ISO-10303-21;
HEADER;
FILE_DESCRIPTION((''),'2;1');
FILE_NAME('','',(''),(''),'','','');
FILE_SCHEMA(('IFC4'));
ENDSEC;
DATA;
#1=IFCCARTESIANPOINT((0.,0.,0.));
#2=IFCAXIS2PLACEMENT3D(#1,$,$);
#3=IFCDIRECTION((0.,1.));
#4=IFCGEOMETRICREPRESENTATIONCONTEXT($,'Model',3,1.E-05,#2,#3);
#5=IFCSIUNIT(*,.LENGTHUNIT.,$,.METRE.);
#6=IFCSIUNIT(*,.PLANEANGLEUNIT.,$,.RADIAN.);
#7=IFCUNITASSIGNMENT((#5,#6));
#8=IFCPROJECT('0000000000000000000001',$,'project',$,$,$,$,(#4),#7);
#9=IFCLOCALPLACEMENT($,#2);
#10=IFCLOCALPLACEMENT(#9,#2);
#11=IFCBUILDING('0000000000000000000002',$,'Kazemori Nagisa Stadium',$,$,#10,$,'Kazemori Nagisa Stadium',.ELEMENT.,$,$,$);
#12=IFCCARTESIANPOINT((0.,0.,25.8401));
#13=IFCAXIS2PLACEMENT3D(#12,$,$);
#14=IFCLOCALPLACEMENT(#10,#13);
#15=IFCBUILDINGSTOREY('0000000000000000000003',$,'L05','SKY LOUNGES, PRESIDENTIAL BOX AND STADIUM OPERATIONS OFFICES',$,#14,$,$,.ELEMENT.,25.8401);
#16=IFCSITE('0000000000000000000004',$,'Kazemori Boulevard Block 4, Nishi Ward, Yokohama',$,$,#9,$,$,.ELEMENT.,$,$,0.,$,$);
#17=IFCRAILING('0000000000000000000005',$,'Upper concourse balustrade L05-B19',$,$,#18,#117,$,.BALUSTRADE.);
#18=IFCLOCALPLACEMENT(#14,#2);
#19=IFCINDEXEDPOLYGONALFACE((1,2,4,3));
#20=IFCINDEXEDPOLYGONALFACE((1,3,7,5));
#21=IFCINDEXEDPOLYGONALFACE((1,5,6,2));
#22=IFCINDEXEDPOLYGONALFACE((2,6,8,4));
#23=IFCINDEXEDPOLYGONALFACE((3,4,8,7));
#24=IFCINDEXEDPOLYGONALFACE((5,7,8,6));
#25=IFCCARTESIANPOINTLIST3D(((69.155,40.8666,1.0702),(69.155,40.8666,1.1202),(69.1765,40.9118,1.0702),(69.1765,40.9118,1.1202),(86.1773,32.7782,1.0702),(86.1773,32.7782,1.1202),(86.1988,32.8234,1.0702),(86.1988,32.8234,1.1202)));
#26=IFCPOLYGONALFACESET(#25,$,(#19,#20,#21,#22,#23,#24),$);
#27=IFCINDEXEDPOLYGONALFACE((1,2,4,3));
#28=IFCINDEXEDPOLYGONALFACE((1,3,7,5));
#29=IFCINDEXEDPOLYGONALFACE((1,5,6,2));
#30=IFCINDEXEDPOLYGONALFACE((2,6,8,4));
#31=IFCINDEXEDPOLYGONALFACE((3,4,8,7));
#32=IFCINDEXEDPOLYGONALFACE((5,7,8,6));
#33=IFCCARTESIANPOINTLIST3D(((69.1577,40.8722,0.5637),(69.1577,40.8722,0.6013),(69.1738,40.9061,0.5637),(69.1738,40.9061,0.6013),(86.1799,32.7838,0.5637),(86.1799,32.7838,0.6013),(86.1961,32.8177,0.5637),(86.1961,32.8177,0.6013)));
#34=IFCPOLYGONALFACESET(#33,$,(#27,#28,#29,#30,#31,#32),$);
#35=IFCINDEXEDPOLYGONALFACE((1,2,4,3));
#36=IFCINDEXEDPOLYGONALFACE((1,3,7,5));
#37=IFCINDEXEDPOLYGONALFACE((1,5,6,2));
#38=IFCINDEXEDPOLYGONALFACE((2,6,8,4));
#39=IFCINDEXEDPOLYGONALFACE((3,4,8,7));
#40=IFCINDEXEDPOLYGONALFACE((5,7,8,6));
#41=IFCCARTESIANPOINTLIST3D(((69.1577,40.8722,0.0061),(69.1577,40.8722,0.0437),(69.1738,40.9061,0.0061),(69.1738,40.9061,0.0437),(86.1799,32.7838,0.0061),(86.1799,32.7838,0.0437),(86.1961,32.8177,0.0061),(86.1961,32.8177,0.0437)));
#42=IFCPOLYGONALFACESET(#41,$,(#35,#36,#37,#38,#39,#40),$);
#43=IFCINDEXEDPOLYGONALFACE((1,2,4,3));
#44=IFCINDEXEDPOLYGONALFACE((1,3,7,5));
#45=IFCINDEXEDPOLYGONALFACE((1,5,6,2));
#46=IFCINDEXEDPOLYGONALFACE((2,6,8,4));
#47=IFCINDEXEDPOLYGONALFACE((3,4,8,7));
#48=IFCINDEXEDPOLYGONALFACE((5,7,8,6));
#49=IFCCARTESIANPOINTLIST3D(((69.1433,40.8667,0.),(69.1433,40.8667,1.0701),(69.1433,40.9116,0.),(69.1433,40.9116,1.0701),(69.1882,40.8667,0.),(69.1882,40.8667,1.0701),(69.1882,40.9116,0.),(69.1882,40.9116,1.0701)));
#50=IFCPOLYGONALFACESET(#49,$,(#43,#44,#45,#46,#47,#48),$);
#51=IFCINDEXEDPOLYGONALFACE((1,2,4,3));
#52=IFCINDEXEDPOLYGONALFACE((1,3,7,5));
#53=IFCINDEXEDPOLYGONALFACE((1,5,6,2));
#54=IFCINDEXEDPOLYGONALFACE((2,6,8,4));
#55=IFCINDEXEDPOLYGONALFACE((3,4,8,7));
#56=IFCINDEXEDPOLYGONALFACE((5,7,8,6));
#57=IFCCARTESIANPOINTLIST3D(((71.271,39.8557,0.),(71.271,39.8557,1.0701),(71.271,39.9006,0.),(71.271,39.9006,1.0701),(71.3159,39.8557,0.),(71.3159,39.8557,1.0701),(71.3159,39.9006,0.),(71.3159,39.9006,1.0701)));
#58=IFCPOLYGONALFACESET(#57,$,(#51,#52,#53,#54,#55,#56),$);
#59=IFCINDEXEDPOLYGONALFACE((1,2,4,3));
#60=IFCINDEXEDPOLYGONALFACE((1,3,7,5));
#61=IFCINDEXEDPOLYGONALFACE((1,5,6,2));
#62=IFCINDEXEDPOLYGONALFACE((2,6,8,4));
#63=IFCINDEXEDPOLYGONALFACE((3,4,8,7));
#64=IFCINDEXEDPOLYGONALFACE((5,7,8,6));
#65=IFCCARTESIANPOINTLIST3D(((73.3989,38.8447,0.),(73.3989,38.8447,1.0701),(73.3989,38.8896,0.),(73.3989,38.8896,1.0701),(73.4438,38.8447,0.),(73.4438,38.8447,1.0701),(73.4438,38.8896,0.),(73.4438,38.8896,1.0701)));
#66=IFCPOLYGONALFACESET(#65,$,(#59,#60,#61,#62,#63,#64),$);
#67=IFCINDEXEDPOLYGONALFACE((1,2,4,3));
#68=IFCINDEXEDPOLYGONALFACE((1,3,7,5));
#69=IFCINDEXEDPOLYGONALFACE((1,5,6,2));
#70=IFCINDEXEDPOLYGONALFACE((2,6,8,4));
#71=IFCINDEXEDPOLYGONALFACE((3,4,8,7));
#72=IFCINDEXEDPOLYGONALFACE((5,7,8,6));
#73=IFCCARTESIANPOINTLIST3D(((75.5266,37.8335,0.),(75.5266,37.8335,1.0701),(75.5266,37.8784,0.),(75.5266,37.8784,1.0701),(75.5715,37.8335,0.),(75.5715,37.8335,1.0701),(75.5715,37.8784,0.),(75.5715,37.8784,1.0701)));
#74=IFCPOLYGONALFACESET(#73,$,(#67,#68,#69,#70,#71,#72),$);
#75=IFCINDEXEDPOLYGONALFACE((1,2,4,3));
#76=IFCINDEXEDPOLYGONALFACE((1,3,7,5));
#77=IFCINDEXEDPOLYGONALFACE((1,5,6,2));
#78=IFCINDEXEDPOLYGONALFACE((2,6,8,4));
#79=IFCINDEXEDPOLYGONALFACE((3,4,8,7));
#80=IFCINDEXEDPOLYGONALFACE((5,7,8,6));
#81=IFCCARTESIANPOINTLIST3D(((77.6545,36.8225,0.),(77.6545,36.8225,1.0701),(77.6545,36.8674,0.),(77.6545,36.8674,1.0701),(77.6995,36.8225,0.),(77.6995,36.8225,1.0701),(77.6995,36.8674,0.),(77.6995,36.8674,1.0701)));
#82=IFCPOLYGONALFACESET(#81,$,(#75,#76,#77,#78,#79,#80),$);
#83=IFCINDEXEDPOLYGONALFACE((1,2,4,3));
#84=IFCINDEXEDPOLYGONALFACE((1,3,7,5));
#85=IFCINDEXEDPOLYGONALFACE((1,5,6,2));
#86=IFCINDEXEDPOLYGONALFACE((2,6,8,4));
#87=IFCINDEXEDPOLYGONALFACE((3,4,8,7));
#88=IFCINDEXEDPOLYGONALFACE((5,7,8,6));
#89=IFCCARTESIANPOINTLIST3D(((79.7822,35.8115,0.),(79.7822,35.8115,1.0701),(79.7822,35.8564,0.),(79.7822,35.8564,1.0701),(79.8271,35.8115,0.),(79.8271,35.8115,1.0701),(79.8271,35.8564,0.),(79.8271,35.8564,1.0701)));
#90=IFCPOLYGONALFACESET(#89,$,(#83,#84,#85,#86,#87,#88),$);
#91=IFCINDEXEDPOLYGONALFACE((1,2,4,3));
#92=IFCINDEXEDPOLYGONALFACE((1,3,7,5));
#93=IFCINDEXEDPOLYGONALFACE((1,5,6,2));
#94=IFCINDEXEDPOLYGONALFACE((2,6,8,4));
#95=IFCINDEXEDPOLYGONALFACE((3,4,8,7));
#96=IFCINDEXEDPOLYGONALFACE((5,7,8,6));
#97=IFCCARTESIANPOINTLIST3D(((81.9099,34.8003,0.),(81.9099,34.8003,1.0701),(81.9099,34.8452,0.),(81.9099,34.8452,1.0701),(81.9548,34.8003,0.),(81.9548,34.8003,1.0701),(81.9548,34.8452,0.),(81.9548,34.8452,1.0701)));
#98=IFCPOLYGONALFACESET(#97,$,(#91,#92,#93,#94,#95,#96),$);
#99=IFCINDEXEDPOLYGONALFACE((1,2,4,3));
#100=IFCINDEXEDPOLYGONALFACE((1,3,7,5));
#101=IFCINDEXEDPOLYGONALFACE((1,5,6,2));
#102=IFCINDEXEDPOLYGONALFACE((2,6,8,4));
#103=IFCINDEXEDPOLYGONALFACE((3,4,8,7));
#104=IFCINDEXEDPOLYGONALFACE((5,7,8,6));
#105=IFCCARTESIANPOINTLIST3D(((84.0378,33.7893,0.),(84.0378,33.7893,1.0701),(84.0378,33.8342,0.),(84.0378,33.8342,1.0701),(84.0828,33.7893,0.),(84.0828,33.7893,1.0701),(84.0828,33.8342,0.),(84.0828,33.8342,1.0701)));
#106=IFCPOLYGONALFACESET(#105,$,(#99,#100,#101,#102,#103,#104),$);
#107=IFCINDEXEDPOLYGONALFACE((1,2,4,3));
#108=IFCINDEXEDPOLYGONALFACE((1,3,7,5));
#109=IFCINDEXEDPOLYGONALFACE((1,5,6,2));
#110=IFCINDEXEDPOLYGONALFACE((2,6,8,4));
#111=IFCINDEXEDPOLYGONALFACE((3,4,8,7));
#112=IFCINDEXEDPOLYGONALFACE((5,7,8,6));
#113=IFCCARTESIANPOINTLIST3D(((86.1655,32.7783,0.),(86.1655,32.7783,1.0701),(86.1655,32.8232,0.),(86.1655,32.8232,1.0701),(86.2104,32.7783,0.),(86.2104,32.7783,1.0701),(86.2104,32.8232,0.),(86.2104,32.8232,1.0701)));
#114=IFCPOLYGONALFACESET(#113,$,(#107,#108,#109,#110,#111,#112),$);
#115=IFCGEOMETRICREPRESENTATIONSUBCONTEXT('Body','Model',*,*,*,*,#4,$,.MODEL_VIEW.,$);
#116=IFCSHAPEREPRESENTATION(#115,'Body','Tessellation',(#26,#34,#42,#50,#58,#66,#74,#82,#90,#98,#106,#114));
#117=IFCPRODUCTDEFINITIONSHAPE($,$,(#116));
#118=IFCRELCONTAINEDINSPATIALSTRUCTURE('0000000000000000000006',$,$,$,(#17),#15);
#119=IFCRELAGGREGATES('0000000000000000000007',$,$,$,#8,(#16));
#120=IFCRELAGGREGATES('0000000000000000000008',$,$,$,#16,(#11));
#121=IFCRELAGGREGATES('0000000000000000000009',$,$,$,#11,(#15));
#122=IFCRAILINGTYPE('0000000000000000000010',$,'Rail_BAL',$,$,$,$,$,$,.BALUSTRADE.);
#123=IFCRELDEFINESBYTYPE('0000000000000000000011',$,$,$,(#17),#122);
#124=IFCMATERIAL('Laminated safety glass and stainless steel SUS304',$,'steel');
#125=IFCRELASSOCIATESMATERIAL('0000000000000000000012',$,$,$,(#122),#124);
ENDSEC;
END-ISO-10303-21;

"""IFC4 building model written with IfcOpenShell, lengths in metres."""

from ifc_helpers import new_model, si_unit, direction, frame, origin, origin_2d, place, context, subcontext, project, spatial, rectangle, extrude, material, type_object, element, save


model = new_model("IFC4")

# Units and contexts
model_context = context("Model", 3, precision=1e-05, world=origin(), true_north=direction((0.0, 1.0)))
body_context = subcontext(model_context, "Body", "Model", "MODEL_VIEW")
ifc_project = project(units=[si_unit("LENGTHUNIT", "METRE"), si_unit("PLANEANGLEUNIT", "RADIAN")], contexts=[model_context])

# Site, building, storey
site_placement = place(None, origin())
site = spatial("IfcSite", under=ifc_project, at=site_placement, Name="Kazemori Boulevard Block 4, Nishi Ward, Yokohama", CompositionType="ELEMENT", RefElevation=0.0)
building_placement = place(site_placement, origin())
building = spatial("IfcBuilding", under=site, at=building_placement, Name="Kazemori Nagisa Stadium", LongName="Kazemori Nagisa Stadium", CompositionType="ELEMENT")
storey_placement = place(building_placement, frame((0.0, 0.0, 25.8401)))
storey = spatial("IfcBuildingStorey", under=building, at=storey_placement, Name="L05", Description="SKY LOUNGES, PRESIDENTIAL BOX AND STADIUM OPERATIONS OFFICES", CompositionType="ELEMENT", Elevation=25.8401)

# Railing
ifc_material_1 = material(Name="Laminated safety glass and stainless steel SUS304", Category="steel")
railing_type = type_object("IfcRailingType", Name="Rail_BAL", PredefinedType="BALUSTRADE", material=ifc_material_1)
railing_placement = place(storey_placement, frame((69.1658, 40.8892, 0.0)))
element("IfcRailing", 1, at=railing_placement, inside=storey, type_object=railing_type, Name="Upper concourse balustrade L05-B19", PredefinedType="BALUSTRADE", context=body_context, shape_type="SweptSolid", body=[
    extrude(rectangle(XDim=0.05, YDim=0.05, at=origin_2d()), frame((0.0, 0.0, 1.0952), z_axis=(0.903219, -0.429179, 0.0), x_axis=(0.429179, 0.903219, 0.0)), (0.0, 0.0, 1.0), 18.8462),
    extrude(rectangle(XDim=0.0376, YDim=0.0376, at=origin_2d()), frame((0.0, 0.0, 0.5825), z_axis=(0.903219, -0.429179, 0.0), x_axis=(0.429179, 0.903219, 0.0)), (0.0, 0.0, 1.0), 18.8462),
    extrude(rectangle(XDim=0.0376, YDim=0.0376, at=origin_2d()), frame((0.0, 0.0, 0.0249), z_axis=(0.903219, -0.429179, 0.0), x_axis=(0.429179, 0.903219, 0.0)), (0.0, 0.0, 1.0), 18.8462),
    extrude(rectangle(XDim=0.0449, YDim=0.0449, at=origin_2d()), origin(), (0.0, 0.0, 1.0), 1.0701),
    extrude(rectangle(XDim=0.0449, YDim=0.0449, at=origin_2d()), frame((2.1277, -1.011, 0.0)), (0.0, 0.0, 1.0), 1.0701),
    extrude(rectangle(XDim=0.0449, YDim=0.0449, at=origin_2d()), frame((4.2556, -2.022, 0.0)), (0.0, 0.0, 1.0), 1.0701),
    extrude(rectangle(XDim=0.0449, YDim=0.0449, at=origin_2d()), frame((6.3833, -3.0332, 0.0)), (0.0, 0.0, 1.0), 1.0701),
    extrude(rectangle(XDim=0.0449, YDim=0.0449, at=origin_2d()), frame((8.5112, -4.0442, 0.0)), (0.0, 0.0, 1.0), 1.0701),
    extrude(rectangle(XDim=0.0449, YDim=0.0449, at=origin_2d()), frame((10.6389, -5.0552, 0.0)), (0.0, 0.0, 1.0), 1.0701),
    extrude(rectangle(XDim=0.0449, YDim=0.0449, at=origin_2d()), frame((12.7666, -6.0664, 0.0)), (0.0, 0.0, 1.0), 1.0701),
    extrude(rectangle(XDim=0.0449, YDim=0.0449, at=origin_2d()), frame((14.8945, -7.0774, 0.0)), (0.0, 0.0, 1.0), 1.0701),
    extrude(rectangle(XDim=0.0449, YDim=0.0449, at=origin_2d()), frame((17.0222, -8.0884, 0.0)), (0.0, 0.0, 1.0), 1.0701),
])

save(model, "model.ifc")
